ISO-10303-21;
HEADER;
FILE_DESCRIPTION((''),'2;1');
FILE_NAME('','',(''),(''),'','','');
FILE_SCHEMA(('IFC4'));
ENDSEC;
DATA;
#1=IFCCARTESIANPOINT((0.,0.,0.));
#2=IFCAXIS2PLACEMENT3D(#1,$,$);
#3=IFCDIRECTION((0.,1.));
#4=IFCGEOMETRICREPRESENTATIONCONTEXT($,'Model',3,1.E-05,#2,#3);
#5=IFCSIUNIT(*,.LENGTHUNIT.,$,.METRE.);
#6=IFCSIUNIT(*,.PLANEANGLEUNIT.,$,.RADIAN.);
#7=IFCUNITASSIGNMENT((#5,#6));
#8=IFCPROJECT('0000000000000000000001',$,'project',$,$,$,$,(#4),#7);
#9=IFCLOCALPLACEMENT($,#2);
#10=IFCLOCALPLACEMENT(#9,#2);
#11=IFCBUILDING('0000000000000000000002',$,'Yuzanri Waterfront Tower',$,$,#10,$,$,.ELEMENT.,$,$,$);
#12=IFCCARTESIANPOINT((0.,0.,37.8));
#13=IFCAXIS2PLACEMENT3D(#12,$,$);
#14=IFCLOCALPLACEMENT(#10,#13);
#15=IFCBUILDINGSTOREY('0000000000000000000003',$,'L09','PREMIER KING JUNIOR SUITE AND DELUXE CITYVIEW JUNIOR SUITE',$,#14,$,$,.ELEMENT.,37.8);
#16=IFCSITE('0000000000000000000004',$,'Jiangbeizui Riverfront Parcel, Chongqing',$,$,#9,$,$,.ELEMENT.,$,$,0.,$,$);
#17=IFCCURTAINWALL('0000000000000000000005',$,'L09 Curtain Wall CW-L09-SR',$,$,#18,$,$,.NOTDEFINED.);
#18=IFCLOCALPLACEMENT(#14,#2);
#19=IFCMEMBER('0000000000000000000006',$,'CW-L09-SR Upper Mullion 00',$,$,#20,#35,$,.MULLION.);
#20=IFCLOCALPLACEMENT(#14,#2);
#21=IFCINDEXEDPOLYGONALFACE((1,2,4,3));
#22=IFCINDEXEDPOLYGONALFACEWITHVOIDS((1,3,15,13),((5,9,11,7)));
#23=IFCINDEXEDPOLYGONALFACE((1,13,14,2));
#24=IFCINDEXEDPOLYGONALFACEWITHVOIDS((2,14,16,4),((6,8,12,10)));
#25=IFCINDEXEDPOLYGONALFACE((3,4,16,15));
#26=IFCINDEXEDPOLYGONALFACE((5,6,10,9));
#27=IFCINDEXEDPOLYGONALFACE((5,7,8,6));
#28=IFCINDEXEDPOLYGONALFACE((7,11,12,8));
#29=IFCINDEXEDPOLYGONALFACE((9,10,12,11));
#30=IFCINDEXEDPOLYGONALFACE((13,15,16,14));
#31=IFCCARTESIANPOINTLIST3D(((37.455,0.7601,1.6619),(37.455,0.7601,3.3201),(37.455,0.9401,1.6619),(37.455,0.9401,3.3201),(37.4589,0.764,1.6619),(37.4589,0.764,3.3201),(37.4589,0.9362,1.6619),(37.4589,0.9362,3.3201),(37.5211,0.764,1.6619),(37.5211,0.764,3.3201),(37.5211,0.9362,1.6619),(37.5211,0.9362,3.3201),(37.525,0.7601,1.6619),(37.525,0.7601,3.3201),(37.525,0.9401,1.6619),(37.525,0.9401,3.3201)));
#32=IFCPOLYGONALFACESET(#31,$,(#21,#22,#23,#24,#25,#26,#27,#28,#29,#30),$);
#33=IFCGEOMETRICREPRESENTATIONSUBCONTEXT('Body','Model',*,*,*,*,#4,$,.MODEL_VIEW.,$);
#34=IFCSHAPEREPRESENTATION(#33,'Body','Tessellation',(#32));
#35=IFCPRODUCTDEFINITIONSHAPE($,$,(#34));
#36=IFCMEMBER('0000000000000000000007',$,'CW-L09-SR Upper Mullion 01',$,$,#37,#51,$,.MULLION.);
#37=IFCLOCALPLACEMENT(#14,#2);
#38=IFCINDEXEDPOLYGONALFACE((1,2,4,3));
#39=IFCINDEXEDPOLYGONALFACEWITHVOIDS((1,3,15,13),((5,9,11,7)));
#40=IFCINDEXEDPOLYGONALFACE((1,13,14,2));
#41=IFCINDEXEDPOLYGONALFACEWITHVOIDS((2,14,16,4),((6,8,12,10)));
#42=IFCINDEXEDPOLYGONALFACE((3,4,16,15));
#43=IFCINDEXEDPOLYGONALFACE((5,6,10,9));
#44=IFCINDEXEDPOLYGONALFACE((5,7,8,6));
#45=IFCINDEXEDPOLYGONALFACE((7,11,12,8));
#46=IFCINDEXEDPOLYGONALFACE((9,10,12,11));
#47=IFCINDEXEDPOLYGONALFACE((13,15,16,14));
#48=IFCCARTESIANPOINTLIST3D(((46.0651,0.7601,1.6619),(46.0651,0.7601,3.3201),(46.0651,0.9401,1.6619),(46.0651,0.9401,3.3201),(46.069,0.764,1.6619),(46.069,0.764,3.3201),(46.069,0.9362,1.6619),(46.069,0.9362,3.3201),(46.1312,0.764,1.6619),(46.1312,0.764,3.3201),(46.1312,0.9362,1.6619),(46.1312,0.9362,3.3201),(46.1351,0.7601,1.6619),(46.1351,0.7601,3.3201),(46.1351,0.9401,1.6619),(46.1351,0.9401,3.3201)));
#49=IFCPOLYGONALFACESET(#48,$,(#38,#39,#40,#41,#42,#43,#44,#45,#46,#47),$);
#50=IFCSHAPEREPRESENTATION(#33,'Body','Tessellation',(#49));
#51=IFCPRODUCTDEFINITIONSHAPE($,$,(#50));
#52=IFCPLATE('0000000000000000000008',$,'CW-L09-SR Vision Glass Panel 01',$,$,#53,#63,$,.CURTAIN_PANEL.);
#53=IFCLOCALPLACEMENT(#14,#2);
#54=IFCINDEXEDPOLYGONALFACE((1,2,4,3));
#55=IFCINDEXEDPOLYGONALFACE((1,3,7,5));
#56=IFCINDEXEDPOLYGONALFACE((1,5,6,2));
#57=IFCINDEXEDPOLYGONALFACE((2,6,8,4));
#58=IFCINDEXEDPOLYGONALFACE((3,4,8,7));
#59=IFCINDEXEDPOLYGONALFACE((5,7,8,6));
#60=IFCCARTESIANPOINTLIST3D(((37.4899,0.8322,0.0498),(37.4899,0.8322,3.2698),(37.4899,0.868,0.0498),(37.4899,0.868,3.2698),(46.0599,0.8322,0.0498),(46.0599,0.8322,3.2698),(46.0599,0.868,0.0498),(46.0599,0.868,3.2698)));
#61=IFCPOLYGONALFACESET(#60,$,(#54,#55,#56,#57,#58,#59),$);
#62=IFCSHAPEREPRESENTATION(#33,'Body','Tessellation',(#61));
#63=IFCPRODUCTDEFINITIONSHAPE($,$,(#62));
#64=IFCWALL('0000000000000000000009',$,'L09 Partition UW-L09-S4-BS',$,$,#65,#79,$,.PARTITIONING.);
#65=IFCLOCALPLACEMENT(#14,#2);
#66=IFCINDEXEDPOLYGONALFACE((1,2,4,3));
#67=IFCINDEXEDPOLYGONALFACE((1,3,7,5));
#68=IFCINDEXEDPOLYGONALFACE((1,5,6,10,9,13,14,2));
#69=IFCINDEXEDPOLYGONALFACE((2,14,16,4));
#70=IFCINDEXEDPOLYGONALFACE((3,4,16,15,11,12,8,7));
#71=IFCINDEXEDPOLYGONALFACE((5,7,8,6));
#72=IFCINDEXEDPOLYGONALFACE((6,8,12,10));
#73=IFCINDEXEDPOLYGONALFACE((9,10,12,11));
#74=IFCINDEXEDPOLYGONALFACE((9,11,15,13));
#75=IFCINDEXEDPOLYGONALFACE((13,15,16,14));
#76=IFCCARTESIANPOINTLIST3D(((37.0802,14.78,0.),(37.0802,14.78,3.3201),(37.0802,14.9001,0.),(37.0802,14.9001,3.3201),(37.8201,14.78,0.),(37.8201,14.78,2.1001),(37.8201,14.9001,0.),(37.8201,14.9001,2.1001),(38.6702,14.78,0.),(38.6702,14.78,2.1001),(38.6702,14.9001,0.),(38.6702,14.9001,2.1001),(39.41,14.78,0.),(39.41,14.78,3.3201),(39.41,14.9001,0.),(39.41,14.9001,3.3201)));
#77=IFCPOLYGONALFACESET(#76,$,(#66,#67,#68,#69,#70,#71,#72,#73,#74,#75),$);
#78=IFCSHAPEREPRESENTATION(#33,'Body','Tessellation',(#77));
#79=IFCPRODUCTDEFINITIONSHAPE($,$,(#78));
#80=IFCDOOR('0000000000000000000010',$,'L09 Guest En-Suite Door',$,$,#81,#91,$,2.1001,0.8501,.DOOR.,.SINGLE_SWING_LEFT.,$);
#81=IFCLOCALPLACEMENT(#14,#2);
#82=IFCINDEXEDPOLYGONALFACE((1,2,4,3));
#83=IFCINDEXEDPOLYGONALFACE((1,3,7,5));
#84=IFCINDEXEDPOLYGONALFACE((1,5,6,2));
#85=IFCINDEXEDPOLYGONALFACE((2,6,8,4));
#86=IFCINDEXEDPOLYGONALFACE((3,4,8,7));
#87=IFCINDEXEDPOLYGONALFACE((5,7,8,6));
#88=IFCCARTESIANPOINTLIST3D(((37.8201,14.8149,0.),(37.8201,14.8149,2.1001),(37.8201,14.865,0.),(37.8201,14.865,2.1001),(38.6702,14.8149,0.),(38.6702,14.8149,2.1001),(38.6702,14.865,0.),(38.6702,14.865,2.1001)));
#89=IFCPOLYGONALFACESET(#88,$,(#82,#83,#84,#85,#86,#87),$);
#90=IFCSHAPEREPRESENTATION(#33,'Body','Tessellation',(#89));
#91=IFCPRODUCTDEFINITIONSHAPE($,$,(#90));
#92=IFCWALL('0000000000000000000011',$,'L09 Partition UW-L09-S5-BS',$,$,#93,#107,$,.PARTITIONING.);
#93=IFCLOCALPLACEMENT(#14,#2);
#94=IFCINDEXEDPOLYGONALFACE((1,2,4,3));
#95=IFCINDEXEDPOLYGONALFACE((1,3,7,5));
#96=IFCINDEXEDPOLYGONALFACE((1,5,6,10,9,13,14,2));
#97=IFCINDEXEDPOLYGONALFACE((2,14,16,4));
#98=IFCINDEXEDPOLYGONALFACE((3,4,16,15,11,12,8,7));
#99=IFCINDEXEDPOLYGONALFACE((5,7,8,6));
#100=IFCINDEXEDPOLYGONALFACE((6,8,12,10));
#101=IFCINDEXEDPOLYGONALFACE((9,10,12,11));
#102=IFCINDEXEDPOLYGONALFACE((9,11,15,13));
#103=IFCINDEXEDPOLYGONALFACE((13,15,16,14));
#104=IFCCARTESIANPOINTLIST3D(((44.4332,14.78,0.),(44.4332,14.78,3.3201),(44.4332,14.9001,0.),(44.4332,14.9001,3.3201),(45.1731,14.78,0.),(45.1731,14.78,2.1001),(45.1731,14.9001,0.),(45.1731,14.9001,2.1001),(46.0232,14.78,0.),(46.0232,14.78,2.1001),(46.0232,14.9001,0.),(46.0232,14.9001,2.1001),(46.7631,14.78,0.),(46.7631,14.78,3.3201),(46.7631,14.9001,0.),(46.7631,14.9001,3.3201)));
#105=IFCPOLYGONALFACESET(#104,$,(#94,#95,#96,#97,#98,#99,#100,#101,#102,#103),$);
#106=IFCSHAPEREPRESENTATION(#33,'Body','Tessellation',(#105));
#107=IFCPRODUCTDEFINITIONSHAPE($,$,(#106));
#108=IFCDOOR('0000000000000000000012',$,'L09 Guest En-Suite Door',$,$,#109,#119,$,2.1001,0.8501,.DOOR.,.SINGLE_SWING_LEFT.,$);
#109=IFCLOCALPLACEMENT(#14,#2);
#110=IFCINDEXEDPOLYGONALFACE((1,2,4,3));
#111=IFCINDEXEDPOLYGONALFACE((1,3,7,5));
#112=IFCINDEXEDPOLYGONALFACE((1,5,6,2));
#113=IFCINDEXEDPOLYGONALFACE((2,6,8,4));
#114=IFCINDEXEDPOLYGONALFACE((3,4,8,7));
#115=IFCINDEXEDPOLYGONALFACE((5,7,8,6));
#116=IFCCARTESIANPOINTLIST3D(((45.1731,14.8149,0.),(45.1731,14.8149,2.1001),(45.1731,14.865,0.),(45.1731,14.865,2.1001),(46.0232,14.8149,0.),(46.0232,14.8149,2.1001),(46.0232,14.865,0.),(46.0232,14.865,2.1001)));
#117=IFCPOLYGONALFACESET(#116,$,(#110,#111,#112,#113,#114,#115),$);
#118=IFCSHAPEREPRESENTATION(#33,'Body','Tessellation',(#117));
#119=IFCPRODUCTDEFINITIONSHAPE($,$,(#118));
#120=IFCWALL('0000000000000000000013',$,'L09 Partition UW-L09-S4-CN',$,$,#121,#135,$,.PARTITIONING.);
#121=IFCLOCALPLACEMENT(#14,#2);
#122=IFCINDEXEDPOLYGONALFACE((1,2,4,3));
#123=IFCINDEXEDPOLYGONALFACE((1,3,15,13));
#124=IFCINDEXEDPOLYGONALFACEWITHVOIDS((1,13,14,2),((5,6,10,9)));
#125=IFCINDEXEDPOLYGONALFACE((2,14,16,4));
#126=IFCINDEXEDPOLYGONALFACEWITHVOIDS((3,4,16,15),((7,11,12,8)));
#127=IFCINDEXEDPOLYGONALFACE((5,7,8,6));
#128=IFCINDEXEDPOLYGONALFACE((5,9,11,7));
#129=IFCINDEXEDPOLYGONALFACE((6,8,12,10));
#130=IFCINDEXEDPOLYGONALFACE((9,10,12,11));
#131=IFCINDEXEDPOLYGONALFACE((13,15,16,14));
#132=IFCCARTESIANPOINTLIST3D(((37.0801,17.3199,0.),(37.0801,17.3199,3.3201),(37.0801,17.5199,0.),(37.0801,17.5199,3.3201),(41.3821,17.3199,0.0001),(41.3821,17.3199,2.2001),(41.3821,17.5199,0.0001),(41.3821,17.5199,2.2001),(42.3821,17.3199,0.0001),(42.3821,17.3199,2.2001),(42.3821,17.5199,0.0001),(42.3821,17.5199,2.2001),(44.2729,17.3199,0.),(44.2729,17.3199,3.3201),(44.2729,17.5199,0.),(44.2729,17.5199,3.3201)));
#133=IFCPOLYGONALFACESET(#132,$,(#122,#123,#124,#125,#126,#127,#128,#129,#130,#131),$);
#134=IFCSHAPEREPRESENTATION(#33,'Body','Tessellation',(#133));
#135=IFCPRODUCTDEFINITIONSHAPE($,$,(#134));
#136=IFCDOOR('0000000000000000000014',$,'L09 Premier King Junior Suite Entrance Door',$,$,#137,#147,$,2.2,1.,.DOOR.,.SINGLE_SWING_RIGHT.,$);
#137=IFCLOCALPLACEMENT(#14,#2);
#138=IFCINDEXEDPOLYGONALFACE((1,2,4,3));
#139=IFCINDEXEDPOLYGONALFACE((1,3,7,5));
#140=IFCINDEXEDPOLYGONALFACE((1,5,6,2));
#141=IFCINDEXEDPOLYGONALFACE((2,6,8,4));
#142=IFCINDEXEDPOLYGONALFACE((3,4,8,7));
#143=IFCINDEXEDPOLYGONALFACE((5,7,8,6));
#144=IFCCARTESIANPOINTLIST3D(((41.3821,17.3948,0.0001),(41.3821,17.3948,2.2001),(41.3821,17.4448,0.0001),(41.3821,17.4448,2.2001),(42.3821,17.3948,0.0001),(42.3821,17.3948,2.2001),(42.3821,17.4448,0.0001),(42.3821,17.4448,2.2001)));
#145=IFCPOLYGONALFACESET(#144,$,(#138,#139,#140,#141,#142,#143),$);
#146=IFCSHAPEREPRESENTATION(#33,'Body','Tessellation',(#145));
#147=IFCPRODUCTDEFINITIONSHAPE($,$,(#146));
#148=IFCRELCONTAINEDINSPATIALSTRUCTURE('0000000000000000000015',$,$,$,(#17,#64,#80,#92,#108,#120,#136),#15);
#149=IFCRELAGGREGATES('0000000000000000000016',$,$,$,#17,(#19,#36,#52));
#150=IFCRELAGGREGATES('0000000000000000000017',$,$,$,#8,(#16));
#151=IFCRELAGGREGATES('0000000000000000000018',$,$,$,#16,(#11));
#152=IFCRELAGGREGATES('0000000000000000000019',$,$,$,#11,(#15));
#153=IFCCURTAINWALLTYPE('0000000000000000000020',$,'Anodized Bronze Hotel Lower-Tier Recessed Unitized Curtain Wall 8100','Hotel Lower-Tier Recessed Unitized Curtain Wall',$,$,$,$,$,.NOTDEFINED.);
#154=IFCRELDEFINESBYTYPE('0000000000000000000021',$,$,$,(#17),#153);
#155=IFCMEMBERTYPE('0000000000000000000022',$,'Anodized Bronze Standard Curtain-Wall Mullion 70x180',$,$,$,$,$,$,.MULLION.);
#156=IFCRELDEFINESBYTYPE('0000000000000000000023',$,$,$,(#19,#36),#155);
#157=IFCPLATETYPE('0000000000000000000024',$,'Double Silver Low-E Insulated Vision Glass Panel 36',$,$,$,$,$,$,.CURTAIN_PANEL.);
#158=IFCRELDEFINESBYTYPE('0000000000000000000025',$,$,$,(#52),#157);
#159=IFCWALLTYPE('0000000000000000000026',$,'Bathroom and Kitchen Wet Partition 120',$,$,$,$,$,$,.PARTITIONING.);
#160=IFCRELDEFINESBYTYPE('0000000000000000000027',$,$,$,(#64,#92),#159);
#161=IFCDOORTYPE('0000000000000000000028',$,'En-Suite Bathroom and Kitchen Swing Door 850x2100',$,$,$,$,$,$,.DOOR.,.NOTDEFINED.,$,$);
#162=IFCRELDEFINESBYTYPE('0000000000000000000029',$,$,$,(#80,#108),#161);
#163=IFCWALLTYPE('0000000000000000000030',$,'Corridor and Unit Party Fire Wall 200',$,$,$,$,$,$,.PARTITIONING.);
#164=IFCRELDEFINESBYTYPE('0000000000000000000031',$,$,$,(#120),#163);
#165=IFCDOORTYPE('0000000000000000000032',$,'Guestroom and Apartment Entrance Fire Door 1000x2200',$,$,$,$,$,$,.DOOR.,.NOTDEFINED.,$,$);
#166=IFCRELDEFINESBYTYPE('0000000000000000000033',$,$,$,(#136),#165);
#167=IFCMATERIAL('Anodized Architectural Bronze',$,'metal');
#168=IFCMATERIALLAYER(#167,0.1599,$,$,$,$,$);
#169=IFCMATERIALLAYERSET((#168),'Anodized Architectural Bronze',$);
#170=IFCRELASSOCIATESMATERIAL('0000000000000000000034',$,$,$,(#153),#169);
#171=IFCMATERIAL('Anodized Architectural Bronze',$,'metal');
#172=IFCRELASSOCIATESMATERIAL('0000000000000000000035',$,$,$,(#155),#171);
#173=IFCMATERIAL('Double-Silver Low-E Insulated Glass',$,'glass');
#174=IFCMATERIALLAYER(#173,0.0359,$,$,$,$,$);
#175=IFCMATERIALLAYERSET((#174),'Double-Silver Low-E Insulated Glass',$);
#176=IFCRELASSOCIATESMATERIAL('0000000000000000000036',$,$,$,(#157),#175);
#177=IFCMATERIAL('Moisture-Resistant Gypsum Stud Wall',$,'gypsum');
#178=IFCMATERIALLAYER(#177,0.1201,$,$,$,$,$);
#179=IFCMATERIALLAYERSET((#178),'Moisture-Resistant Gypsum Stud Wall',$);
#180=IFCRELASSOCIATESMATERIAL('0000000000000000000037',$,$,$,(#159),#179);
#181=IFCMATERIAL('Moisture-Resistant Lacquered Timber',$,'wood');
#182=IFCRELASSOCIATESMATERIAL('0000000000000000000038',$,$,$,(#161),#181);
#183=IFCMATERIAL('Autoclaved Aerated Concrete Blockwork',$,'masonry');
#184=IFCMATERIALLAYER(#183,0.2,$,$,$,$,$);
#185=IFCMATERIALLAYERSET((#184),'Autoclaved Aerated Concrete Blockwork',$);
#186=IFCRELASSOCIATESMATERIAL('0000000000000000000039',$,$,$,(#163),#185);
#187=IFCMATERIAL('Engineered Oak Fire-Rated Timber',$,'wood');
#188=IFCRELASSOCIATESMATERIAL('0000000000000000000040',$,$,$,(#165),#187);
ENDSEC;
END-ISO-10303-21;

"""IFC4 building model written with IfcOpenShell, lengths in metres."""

from ifc_helpers import new_model, si_unit, direction, frame, frame_2d, origin, origin_2d, place, context, subcontext, project, spatial, rectangle, hollow_rectangle, extrude, source, transform, mapped, material, layer, layer_set, material_profile, profile_set, type_object, element, fill, aggregate, save


model = new_model("IFC4")

# Units and contexts
model_context = context("Model", 3, precision=1e-05, world=origin(), true_north=direction((0.0, 1.0)))
body_context = subcontext(model_context, "Body", "Model", "MODEL_VIEW")
ifc_project = project(units=[si_unit("LENGTHUNIT", "METRE"), si_unit("PLANEANGLEUNIT", "RADIAN")], contexts=[model_context])

# Site, building, storey
site_placement = place(None, origin())
site = spatial("IfcSite", under=ifc_project, at=site_placement, Name="Jiangbeizui Riverfront Parcel, Chongqing", CompositionType="ELEMENT", RefElevation=0.0)
building_placement = place(site_placement, origin())
building = spatial("IfcBuilding", under=site, at=building_placement, Name="Yuzanri Waterfront Tower", CompositionType="ELEMENT")
storey_placement = place(building_placement, frame((0.0, 0.0, 37.8)))
storey = spatial("IfcBuildingStorey", under=building, at=storey_placement, Name="L09", Description="PREMIER KING JUNIOR SUITE AND DELUXE CITYVIEW JUNIOR SUITE", CompositionType="ELEMENT", Elevation=37.8)

# Curtain wall, members, plate
ifc_material_1 = material(Name="Anodized Architectural Bronze", Category="metal")
ifc_layer_1 = layer(ifc_material_1, 0.1599)
ifc_layer_set_1 = layer_set([ifc_layer_1], Name="Anodized Architectural Bronze")
curtain_wall_type = type_object("IfcCurtainWallType", Name="Anodized Bronze Hotel Lower-Tier Recessed Unitized Curtain Wall 8100", Description="Hotel Lower-Tier Recessed Unitized Curtain Wall", PredefinedType="NOTDEFINED", material=ifc_layer_set_1)
curtain_wall_placement = place(storey_placement, origin())
curtain_wall = element("IfcCurtainWall", 1, at=curtain_wall_placement, inside=storey, type_object=curtain_wall_type, Name="L09 Curtain Wall CW-L09-SR", PredefinedType="NOTDEFINED")
ifc_material_2 = material(Name="Anodized Architectural Bronze", Category="metal")
ifc_material_profile_1 = material_profile(ifc_material_2, hollow_rectangle(XDim=0.0701, YDim=0.1799, WallThickness=0.0039, at=origin_2d()), Name="CWM 70x180")
ifc_profile_set_1 = profile_set([ifc_material_profile_1], Name="Anodized Architectural Bronze")
member_type_1 = type_object("IfcMemberType", Name="Anodized Bronze Standard Curtain-Wall Mullion 70x180", PredefinedType="MULLION", material=ifc_profile_set_1)
shared_shape_1 = source(origin(), body_context, "Body", "SweptSolid", [
    extrude(hollow_rectangle(XDim=0.0701, YDim=0.1799, WallThickness=0.0039, at=origin_2d()), origin(), (0.0, 0.0, 1.0), 1.6582),
])
member_1_placement = place(storey_placement, frame((37.49, 0.8501, 1.6619), z_axis=(0.0, 0.0, 1.0), x_axis=(1.0, 0.0, 0.0)))
member_1 = element("IfcMember", 2, at=member_1_placement, type_object=member_type_1, Name="CW-L09-SR Upper Mullion 00", PredefinedType="MULLION", context=body_context, shape_type="MappedRepresentation", body=[
    mapped(shared_shape_1, transform((0.0, 0.0, 0.0), scale=1.0)),
])
member_2_placement = place(storey_placement, frame((46.1001, 0.8501, 1.6619), z_axis=(0.0, 0.0, 1.0), x_axis=(1.0, 0.0, 0.0)))
member_2 = element("IfcMember", 3, at=member_2_placement, type_object=member_type_1, Name="CW-L09-SR Upper Mullion 01", PredefinedType="MULLION", context=body_context, shape_type="MappedRepresentation", body=[
    mapped(shared_shape_1, transform((0.0, 0.0, 0.0), scale=1.0)),
])
ifc_material_3 = material(Name="Double-Silver Low-E Insulated Glass", Category="glass")
ifc_layer_2 = layer(ifc_material_3, 0.0359)
ifc_layer_set_2 = layer_set([ifc_layer_2], Name="Double-Silver Low-E Insulated Glass")
plate_type = type_object("IfcPlateType", Name="Double Silver Low-E Insulated Vision Glass Panel 36", PredefinedType="CURTAIN_PANEL", material=ifc_layer_set_2)
shared_shape_2 = source(origin(), body_context, "Body", "SweptSolid", [
    extrude(rectangle(XDim=8.5701, YDim=0.0359, at=origin_2d()), origin(), (0.0, 0.0, 1.0), 3.22),
])
plate_placement = place(storey_placement, frame((41.7749, 0.8501, 0.0498), z_axis=(0.0, 0.0, 1.0), x_axis=(1.0, 0.0, 0.0)))
plate = element("IfcPlate", 4, at=plate_placement, type_object=plate_type, Name="CW-L09-SR Vision Glass Panel 01", PredefinedType="CURTAIN_PANEL", context=body_context, shape_type="MappedRepresentation", body=[
    mapped(shared_shape_2, transform((0.0, 0.0, 0.0), scale=1.0)),
])
aggregate(curtain_wall, [member_1, member_2, plate])

# Walls, openings, doors
ifc_material_4 = material(Name="Moisture-Resistant Gypsum Stud Wall", Category="gypsum")
ifc_layer_3 = layer(ifc_material_4, 0.1201)
ifc_layer_set_3 = layer_set([ifc_layer_3], Name="Moisture-Resistant Gypsum Stud Wall")
wall_type_1 = type_object("IfcWallType", Name="Bathroom and Kitchen Wet Partition 120", PredefinedType="PARTITIONING", material=ifc_layer_set_3)
wall_1_placement = place(storey_placement, frame((37.0801, 14.8401, 0.0), z_axis=(0.0, 0.0, 1.0), x_axis=(1.0, 0.0, 0.0)))
wall_1 = element("IfcWall", 5, at=wall_1_placement, inside=storey, type_object=wall_type_1, Name="L09 Partition UW-L09-S4-BS", PredefinedType="PARTITIONING", context=body_context, shape_type="SweptSolid", body=[
    extrude(rectangle(XDim=2.3298, YDim=0.1201, at=frame_2d((1.165, 0.0))), origin(), (0.0, 0.0, 1.0), 3.3201),
])
opening_1_placement = place(wall_1_placement, frame((0.74, 0.0, 0.0)))
opening_1 = element("IfcOpeningElement", 6, at=opening_1_placement, cuts=wall_1, PredefinedType="OPENING", context=body_context, shape_type="SweptSolid", body=[
    extrude(rectangle(XDim=0.8501, YDim=2.1001, at=frame_2d((0.425, 1.05))), frame((0.0, 0.075, 0.0), z_axis=(0.0, -1.0, 0.0), x_axis=(1.0, 0.0, 0.0)), (0.0, 0.0, 1.0), 0.1499),
])
ifc_material_5 = material(Name="Moisture-Resistant Lacquered Timber", Category="wood")
door_type_1 = type_object("IfcDoorType", Name="En-Suite Bathroom and Kitchen Swing Door 850x2100", OperationType="NOTDEFINED", PredefinedType="DOOR", material=ifc_material_5)
shared_shape_3 = source(origin(), body_context, "Body", "SweptSolid", [
    extrude(rectangle(XDim=0.8501, YDim=2.1001, at=frame_2d((0.425, 1.05))), frame((0.0, 0.0249, 0.0), z_axis=(0.0, -1.0, 0.0), x_axis=(1.0, 0.0, 0.0)), (0.0, 0.0, 1.0), 0.05),
])
door_1_placement = place(opening_1_placement, origin())
door_1 = element("IfcDoor", 7, at=door_1_placement, inside=storey, type_object=door_type_1, Name="L09 Guest En-Suite Door", OperationType="SINGLE_SWING_LEFT", OverallHeight=2.1001, OverallWidth=0.8501, PredefinedType="DOOR", context=body_context, shape_type="MappedRepresentation", body=[
    mapped(shared_shape_3, transform((0.0, 0.0, 0.0), scale=1.0)),
])
fill(opening_1, door_1)
wall_2_placement = place(storey_placement, frame((44.4331, 14.8401, 0.0), z_axis=(0.0, 0.0, 1.0), x_axis=(1.0, 0.0, 0.0)))
wall_2 = element("IfcWall", 8, at=wall_2_placement, inside=storey, type_object=wall_type_1, Name="L09 Partition UW-L09-S5-BS", PredefinedType="PARTITIONING", context=body_context, shape_type="SweptSolid", body=[
    extrude(rectangle(XDim=2.3298, YDim=0.1201, at=frame_2d((1.165, 0.0))), origin(), (0.0, 0.0, 1.0), 3.3201),
])
opening_2_placement = place(wall_2_placement, frame((0.74, 0.0, 0.0)))
opening_2 = element("IfcOpeningElement", 9, at=opening_2_placement, cuts=wall_2, PredefinedType="OPENING", context=body_context, shape_type="SweptSolid", body=[
    extrude(rectangle(XDim=0.8501, YDim=2.1001, at=frame_2d((0.425, 1.05))), frame((0.0, 0.075, 0.0), z_axis=(0.0, -1.0, 0.0), x_axis=(1.0, 0.0, 0.0)), (0.0, 0.0, 1.0), 0.1499),
])
door_2_placement = place(opening_2_placement, origin())
door_2 = element("IfcDoor", 10, at=door_2_placement, inside=storey, type_object=door_type_1, Name="L09 Guest En-Suite Door", OperationType="SINGLE_SWING_LEFT", OverallHeight=2.1001, OverallWidth=0.8501, PredefinedType="DOOR", context=body_context, shape_type="MappedRepresentation", body=[
    mapped(shared_shape_3, transform((0.0, 0.0, 0.0), scale=1.0)),
])
fill(opening_2, door_2)
ifc_material_6 = material(Name="Autoclaved Aerated Concrete Blockwork", Category="masonry")
ifc_layer_4 = layer(ifc_material_6, 0.2)
ifc_layer_set_4 = layer_set([ifc_layer_4], Name="Autoclaved Aerated Concrete Blockwork")
wall_type_2 = type_object("IfcWallType", Name="Corridor and Unit Party Fire Wall 200", PredefinedType="PARTITIONING", material=ifc_layer_set_4)
wall_3_placement = place(storey_placement, frame((37.0801, 17.4199, 0.0), z_axis=(0.0, 0.0, 1.0), x_axis=(1.0, 0.0, 0.0)))
wall_3 = element("IfcWall", 11, at=wall_3_placement, inside=storey, type_object=wall_type_2, Name="L09 Partition UW-L09-S4-CN", PredefinedType="PARTITIONING", context=body_context, shape_type="SweptSolid", body=[
    extrude(rectangle(XDim=7.1929, YDim=0.2, at=frame_2d((3.5964, 0.0))), origin(), (0.0, 0.0, 1.0), 3.3201),
])
opening_3_placement = place(wall_3_placement, frame((4.302, 0.0, 0.0)))
opening_3 = element("IfcOpeningElement", 12, at=opening_3_placement, cuts=wall_3, PredefinedType="OPENING", context=body_context, shape_type="SweptSolid", body=[
    extrude(rectangle(XDim=1.0, YDim=2.2, at=frame_2d((0.5, 1.1001))), frame((0.0, 0.1147, 0.0), z_axis=(0.0, -1.0, 0.0), x_axis=(1.0, 0.0, 0.0)), (0.0, 0.0, 1.0), 0.2297),
])
ifc_material_7 = material(Name="Engineered Oak Fire-Rated Timber", Category="wood")
door_type_2 = type_object("IfcDoorType", Name="Guestroom and Apartment Entrance Fire Door 1000x2200", OperationType="NOTDEFINED", PredefinedType="DOOR", material=ifc_material_7)
shared_shape_4 = source(origin(), body_context, "Body", "SweptSolid", [
    extrude(rectangle(XDim=1.0, YDim=2.2, at=frame_2d((0.5, 1.1001))), frame((0.0, 0.0249, 0.0), z_axis=(0.0, -1.0, 0.0), x_axis=(1.0, 0.0, 0.0)), (0.0, 0.0, 1.0), 0.05),
])
door_3_placement = place(opening_3_placement, origin())
door_3 = element("IfcDoor", 13, at=door_3_placement, inside=storey, type_object=door_type_2, Name="L09 Premier King Junior Suite Entrance Door", OperationType="SINGLE_SWING_RIGHT", OverallHeight=2.2, OverallWidth=1.0, PredefinedType="DOOR", context=body_context, shape_type="MappedRepresentation", body=[
    mapped(shared_shape_4, transform((0.0, 0.0, 0.0), scale=1.0)),
])
fill(opening_3, door_3)

save(model, "model.ifc")
